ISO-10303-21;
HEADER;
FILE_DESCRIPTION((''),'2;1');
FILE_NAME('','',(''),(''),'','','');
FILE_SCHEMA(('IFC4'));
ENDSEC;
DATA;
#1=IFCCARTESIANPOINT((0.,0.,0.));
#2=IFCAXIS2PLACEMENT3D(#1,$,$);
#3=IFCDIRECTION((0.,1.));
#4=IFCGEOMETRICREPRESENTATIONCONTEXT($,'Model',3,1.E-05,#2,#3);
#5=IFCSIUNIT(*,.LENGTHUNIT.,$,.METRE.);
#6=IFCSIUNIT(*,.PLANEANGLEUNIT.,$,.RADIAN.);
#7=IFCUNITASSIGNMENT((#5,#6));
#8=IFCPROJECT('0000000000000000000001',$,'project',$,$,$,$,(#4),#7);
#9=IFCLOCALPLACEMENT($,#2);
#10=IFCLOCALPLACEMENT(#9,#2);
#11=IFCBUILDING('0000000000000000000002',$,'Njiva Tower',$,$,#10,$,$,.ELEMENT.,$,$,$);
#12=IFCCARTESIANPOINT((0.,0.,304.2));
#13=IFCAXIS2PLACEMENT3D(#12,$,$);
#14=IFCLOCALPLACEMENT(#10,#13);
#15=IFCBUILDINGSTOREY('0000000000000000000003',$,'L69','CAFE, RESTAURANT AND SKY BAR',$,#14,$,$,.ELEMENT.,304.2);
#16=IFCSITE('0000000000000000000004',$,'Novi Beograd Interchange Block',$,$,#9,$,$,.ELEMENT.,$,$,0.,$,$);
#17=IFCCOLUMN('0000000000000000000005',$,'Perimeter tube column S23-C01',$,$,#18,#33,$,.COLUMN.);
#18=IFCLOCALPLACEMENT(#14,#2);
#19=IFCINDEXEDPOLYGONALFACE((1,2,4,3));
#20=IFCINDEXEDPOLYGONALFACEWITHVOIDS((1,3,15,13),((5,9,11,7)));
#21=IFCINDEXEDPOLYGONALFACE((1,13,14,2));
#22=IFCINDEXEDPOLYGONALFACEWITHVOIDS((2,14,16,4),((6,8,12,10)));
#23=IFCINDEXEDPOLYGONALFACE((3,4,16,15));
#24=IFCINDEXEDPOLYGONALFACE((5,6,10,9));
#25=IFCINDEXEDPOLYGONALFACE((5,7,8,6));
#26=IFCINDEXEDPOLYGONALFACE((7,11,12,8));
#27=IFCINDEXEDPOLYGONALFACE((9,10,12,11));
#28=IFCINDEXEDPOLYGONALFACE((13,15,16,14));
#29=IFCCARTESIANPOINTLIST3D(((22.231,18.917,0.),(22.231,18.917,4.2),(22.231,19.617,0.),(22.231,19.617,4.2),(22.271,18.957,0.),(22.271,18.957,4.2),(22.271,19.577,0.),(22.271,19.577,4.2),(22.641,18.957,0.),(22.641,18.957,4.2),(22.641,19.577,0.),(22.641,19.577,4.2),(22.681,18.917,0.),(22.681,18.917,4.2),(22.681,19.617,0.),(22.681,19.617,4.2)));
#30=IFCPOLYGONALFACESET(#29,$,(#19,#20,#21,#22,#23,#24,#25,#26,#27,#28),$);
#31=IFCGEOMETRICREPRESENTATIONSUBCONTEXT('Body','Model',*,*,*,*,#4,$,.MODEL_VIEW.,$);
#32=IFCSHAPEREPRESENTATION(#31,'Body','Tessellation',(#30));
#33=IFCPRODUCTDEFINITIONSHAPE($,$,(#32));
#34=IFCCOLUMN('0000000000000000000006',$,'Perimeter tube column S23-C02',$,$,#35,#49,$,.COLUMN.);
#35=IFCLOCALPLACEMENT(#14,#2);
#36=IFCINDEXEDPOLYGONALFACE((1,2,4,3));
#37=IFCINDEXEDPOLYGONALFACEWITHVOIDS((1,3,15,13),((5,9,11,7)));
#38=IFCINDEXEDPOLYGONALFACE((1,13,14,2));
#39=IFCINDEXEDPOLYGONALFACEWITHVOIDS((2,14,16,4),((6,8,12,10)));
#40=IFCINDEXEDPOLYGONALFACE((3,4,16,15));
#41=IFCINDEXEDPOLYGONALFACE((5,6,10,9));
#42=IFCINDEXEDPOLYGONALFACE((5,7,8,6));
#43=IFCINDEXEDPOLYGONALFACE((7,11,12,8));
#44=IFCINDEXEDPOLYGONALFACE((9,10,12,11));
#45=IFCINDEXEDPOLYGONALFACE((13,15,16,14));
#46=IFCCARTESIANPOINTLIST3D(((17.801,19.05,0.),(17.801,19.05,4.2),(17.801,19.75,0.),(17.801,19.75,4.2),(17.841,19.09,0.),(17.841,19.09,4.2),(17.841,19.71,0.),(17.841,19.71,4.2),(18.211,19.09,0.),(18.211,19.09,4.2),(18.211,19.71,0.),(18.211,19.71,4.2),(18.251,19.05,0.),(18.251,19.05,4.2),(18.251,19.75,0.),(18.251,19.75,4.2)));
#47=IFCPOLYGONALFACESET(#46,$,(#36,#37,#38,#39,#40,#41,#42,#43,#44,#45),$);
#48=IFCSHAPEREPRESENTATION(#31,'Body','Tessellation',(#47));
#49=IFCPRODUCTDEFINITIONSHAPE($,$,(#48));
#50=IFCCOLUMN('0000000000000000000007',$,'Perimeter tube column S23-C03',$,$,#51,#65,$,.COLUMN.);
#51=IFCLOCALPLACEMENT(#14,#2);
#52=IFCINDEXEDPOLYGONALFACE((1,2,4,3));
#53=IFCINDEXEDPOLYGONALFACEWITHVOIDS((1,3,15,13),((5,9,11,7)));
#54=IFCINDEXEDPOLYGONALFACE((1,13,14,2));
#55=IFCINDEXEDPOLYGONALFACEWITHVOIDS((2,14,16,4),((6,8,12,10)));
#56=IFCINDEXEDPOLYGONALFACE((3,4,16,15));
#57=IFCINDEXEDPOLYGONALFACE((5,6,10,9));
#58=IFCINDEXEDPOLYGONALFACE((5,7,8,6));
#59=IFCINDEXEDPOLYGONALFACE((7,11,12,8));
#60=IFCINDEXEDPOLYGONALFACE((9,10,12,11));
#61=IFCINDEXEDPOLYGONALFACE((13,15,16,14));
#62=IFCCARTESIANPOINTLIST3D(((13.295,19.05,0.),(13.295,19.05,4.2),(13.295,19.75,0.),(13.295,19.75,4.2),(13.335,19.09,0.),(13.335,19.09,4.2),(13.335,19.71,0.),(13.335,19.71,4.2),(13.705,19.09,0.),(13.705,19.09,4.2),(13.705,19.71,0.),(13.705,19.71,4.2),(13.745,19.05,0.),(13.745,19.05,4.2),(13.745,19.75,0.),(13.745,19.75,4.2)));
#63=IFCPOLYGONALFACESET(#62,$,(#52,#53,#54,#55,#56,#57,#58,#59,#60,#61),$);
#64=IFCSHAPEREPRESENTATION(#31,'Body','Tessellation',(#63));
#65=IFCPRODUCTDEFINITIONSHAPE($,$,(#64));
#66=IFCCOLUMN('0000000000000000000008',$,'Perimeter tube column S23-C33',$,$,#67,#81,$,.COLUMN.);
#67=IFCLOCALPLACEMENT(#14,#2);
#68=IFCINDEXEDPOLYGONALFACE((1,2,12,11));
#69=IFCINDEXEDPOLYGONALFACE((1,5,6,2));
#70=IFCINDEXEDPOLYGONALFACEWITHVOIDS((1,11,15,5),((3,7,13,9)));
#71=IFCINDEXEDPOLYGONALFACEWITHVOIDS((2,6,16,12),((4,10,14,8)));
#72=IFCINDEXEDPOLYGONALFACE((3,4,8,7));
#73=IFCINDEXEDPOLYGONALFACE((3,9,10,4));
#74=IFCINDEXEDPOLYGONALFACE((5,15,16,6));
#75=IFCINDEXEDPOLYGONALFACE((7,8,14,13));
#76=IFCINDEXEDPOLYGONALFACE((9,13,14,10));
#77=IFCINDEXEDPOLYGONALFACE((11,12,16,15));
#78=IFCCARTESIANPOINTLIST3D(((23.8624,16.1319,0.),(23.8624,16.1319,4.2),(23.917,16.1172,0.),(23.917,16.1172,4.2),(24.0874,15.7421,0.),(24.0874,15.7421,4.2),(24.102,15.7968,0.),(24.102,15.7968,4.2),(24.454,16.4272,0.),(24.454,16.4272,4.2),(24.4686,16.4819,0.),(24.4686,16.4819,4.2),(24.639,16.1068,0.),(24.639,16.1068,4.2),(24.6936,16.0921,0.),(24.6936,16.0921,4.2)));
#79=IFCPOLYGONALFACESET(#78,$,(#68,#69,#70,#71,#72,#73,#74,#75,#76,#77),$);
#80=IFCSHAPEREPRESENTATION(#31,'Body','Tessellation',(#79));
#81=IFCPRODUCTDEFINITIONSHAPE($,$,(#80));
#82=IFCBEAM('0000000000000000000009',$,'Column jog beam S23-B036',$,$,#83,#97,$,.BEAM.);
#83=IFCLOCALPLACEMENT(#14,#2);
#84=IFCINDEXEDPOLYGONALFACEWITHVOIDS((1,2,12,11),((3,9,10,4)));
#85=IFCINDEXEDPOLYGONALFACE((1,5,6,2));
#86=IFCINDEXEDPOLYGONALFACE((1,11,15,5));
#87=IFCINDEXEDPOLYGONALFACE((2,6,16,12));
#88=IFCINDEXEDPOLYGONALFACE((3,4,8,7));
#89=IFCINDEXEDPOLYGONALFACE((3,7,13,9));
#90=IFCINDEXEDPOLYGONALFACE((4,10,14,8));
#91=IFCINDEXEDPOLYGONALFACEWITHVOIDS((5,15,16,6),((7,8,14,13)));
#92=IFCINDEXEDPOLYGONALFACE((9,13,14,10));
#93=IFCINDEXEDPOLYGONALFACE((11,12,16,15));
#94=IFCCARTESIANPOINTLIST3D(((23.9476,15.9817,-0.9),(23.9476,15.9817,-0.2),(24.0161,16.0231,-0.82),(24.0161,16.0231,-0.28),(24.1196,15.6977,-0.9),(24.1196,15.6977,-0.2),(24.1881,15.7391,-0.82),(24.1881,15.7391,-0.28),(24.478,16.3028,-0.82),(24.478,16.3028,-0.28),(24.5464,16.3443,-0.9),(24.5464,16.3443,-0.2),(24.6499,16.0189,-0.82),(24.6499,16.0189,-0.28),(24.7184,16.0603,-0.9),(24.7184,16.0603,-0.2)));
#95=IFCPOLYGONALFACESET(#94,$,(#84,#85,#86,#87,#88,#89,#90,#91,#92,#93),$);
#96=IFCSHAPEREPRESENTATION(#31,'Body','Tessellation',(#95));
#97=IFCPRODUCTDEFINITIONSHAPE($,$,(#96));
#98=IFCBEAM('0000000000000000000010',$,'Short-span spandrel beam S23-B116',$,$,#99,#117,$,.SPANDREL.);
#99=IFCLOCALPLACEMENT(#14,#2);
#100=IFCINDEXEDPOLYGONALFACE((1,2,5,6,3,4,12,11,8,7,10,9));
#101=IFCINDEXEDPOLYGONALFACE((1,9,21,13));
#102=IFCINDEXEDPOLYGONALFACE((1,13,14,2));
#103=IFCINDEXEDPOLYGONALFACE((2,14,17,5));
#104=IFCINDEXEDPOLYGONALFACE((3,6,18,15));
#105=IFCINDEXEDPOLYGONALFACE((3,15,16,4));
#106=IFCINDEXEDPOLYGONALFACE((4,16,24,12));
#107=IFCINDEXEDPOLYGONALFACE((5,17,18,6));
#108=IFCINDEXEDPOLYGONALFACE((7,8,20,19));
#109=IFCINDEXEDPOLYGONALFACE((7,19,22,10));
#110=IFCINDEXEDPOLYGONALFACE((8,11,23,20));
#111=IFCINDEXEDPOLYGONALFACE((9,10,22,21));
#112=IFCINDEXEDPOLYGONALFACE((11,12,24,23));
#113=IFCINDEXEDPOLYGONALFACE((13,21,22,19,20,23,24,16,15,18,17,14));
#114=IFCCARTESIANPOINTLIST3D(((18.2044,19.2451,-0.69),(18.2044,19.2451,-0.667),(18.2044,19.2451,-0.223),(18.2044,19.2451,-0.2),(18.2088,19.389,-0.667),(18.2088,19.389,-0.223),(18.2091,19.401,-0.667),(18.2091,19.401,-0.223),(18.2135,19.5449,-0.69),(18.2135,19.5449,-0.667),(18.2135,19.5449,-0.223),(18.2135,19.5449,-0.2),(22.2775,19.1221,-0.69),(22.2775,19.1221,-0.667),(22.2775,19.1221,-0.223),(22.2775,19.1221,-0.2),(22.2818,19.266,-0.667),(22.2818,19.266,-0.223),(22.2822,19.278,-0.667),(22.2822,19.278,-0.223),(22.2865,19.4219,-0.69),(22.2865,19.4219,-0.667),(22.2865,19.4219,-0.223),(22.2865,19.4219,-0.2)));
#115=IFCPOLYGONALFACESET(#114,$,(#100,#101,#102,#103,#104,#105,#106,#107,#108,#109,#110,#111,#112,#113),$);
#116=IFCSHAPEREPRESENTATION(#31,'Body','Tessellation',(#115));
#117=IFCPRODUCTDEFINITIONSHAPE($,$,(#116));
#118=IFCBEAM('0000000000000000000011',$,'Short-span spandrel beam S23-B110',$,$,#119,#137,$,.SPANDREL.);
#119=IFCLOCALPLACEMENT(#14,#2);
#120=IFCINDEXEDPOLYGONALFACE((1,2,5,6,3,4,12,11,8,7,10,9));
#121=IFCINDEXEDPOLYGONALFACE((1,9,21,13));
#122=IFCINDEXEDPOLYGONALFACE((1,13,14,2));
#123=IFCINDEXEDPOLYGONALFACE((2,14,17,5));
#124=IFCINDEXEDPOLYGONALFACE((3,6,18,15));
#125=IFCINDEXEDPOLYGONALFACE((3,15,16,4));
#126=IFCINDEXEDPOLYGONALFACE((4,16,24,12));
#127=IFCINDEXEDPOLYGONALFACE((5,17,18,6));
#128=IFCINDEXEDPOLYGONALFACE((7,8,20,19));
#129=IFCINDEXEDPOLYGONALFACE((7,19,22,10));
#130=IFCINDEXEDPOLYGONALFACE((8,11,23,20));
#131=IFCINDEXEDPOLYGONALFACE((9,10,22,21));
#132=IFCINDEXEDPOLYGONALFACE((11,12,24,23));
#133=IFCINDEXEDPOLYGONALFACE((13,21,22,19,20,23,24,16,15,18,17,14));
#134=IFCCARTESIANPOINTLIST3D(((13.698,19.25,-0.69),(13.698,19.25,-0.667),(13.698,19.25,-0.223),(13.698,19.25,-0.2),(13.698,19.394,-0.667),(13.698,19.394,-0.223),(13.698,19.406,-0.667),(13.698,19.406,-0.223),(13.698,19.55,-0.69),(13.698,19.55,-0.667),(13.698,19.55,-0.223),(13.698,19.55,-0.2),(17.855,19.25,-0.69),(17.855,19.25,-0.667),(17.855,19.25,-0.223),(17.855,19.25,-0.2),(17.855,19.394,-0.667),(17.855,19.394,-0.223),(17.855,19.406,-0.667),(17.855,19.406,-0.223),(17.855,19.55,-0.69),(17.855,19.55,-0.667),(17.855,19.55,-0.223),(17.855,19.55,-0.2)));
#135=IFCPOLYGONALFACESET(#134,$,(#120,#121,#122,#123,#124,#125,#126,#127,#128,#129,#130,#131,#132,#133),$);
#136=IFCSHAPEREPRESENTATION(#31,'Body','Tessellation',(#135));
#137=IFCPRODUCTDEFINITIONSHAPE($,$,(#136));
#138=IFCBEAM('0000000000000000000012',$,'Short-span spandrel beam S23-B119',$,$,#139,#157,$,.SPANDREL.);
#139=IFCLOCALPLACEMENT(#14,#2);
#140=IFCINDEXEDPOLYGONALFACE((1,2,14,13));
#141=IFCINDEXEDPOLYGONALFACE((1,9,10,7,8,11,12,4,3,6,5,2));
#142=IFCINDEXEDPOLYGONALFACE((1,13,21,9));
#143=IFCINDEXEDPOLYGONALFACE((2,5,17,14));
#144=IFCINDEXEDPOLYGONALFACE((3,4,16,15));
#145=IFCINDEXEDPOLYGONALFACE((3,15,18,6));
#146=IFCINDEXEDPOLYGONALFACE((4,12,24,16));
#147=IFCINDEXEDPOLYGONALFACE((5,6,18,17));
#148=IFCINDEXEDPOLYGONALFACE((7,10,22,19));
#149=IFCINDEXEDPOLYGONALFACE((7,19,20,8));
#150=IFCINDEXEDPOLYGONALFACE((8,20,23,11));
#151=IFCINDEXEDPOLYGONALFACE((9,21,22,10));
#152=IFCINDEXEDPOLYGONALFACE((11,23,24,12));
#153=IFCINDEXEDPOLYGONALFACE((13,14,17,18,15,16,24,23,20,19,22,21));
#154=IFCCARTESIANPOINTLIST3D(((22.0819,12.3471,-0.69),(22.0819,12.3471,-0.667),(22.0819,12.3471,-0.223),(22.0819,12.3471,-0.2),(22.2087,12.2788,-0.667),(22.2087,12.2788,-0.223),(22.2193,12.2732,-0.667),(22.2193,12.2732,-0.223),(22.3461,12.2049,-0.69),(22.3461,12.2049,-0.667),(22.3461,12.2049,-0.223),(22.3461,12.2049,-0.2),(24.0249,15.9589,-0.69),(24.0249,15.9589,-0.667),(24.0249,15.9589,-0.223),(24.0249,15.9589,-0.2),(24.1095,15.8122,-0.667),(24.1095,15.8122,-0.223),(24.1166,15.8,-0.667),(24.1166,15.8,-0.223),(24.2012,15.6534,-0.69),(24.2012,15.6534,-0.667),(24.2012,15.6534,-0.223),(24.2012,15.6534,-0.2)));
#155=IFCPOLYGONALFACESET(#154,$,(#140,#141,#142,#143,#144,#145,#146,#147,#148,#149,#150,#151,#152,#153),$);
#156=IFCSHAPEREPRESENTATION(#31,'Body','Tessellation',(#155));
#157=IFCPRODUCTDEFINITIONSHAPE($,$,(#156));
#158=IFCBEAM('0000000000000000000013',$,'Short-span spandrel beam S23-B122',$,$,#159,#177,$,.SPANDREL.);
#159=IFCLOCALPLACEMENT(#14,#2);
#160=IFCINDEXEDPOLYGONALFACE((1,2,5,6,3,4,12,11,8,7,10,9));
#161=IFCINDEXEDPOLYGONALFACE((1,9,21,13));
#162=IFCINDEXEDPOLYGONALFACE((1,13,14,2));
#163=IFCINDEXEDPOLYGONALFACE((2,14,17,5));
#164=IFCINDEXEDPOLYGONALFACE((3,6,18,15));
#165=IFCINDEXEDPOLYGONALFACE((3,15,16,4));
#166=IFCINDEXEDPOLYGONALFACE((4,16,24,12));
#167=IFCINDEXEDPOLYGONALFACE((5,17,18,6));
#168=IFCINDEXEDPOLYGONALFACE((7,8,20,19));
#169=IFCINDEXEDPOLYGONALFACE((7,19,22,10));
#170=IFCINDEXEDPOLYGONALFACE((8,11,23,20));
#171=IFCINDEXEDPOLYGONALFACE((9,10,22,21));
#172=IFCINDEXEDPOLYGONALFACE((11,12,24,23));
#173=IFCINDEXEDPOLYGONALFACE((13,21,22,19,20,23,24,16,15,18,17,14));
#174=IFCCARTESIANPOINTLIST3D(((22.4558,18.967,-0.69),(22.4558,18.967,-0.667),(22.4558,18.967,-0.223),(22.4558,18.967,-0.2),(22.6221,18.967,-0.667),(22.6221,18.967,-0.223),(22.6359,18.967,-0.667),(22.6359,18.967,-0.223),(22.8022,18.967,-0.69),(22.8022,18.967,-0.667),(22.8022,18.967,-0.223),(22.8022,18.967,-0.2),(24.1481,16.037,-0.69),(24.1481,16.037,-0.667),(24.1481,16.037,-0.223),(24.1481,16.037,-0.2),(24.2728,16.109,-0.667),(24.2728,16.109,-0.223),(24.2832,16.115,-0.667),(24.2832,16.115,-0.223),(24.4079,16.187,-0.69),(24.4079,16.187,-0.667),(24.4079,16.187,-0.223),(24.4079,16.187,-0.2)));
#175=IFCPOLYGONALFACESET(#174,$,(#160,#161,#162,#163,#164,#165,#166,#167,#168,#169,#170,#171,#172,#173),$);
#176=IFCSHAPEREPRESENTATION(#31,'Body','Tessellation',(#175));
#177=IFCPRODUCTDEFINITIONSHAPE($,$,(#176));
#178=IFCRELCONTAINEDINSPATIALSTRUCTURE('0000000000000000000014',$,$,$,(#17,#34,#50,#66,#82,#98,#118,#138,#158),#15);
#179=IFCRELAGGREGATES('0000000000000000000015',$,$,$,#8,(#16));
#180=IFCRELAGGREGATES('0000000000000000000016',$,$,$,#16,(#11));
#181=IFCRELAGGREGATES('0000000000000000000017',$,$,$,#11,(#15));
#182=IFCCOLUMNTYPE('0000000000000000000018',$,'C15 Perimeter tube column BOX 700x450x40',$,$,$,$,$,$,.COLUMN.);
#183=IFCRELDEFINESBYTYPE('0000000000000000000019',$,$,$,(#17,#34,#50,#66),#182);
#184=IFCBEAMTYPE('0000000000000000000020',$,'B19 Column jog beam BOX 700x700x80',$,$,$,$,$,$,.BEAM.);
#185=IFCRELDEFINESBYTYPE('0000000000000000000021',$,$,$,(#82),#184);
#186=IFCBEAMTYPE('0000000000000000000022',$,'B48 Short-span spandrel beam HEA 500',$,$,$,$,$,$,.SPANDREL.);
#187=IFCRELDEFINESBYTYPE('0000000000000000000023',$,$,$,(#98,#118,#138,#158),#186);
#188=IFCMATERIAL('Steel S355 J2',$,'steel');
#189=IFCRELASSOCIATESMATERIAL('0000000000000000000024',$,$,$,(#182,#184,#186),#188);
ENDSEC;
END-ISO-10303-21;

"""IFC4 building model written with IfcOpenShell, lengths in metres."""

from ifc_helpers import new_model, si_unit, direction, frame, origin, origin_2d, place, context, subcontext, project, spatial, hollow_rectangle, i_section, extrude, clip, halfspace, material, material_profile, profile_set, type_object, element, save


model = new_model("IFC4")

# Units and contexts
model_context = context("Model", 3, precision=1e-05, world=origin(), true_north=direction((0.0, 1.0)))
body_context = subcontext(model_context, "Body", "Model", "MODEL_VIEW")
ifc_project = project(units=[si_unit("LENGTHUNIT", "METRE"), si_unit("PLANEANGLEUNIT", "RADIAN")], contexts=[model_context])

# Site, building, storey
site_placement = place(None, origin())
site = spatial("IfcSite", under=ifc_project, at=site_placement, Name="Novi Beograd Interchange Block", CompositionType="ELEMENT", RefElevation=0.0)
building_placement = place(site_placement, origin())
building = spatial("IfcBuilding", under=site, at=building_placement, Name="Njiva Tower", CompositionType="ELEMENT")
storey_placement = place(building_placement, frame((0.0, 0.0, 304.2)))
storey = spatial("IfcBuildingStorey", under=building, at=storey_placement, Name="L69", Description="CAFE, RESTAURANT AND SKY BAR", CompositionType="ELEMENT", Elevation=304.2)

# Columns
ifc_material_1 = material(Name="Steel S355 J2", Category="steel")
ifc_material_profile_1 = material_profile(ifc_material_1, hollow_rectangle(XDim=0.45, YDim=0.7, WallThickness=0.04, at=origin_2d()), Name="BOX 700x450x40")
ifc_profile_set_1 = profile_set([ifc_material_profile_1], Name="Steel S355 J2")
column_type = type_object("IfcColumnType", Name="C15 Perimeter tube column BOX 700x450x40", PredefinedType="COLUMN", material=ifc_profile_set_1)
for number, where, z_axis, x_axis, name in (
    (1, (22.456, 19.267, 0.0), (0.0, 0.0, 1.0), (-1.0, 0.0, 0.0), "Perimeter tube column S23-C01"),
    (2, (18.026, 19.4, 0.0), (0.0, 0.0, 1.0), (-1.0, 0.0, 0.0), "Perimeter tube column S23-C02"),
    (3, (13.52, 19.4, 0.0), (0.0, 0.0, 1.0), (-1.0, 0.0, 0.0), "Perimeter tube column S23-C03"),
    (4, (24.278, 16.112, 0.0), (0.0, 0.0, 1.0), (-0.5, 0.866025, 0.0), "Perimeter tube column S23-C33"),
):
    element("IfcColumn", number, at=place(storey_placement, frame(where, z_axis=z_axis, x_axis=x_axis)), inside=storey, type_object=column_type, Name=name, PredefinedType="COLUMN", context=body_context, shape_type="SweptSolid", body=[
        extrude(hollow_rectangle(XDim=0.45, YDim=0.7, WallThickness=0.04, at=origin_2d()), origin(), (0.0, 0.0, 1.0), 4.2),
    ])

# Beams
ifc_material_profile_2 = material_profile(ifc_material_1, hollow_rectangle(XDim=0.7, YDim=0.7, WallThickness=0.08, at=origin_2d()), Name="BOX 700x700x80")
ifc_profile_set_2 = profile_set([ifc_material_profile_2], Name="Steel S355 J2")
beam_type_1 = type_object("IfcBeamType", Name="B19 Column jog beam BOX 700x700x80", PredefinedType="BEAM", material=ifc_profile_set_2)
beam_1_placement = place(storey_placement, frame((24.419, 15.879, -0.55), z_axis=(-0.518035, 0.85536, 0.0), x_axis=(-0.85536, -0.518035, 0.0)))
element("IfcBeam", 5, at=beam_1_placement, inside=storey, type_object=beam_type_1, Name="Column jog beam S23-B036", PredefinedType="BEAM", context=body_context, shape_type="SweptSolid", body=[
    extrude(hollow_rectangle(XDim=0.7, YDim=0.7, WallThickness=0.08, at=origin_2d()), origin(), (0.0, 0.0, 1.0), 0.332),
])
ifc_material_profile_3 = material_profile(ifc_material_1, i_section(OverallWidth=0.3, OverallDepth=0.49, WebThickness=0.012, FlangeThickness=0.023, at=origin_2d()), Name="HEA 500")
ifc_profile_set_3 = profile_set([ifc_material_profile_3], Name="Steel S355 J2")
beam_type_2 = type_object("IfcBeamType", Name="B48 Short-span spandrel beam HEA 500", PredefinedType="SPANDREL", material=ifc_profile_set_3)
beam_2_placement = place(storey_placement, frame((22.282, 19.272, -0.445), z_axis=(-0.999544, 0.030185, 0.0), x_axis=(-0.030185, -0.999544, 0.0)))
element("IfcBeam", 6, at=beam_2_placement, inside=storey, type_object=beam_type_2, Name="Short-span spandrel beam S23-B116", PredefinedType="SPANDREL", context=body_context, shape_type="SweptSolid", body=[
    extrude(i_section(OverallWidth=0.3, OverallDepth=0.49, WebThickness=0.012, FlangeThickness=0.023, at=origin_2d()), origin(), (0.0, 0.0, 1.0), 4.0749),
])
beam_3_placement = place(storey_placement, frame((17.855, 19.4, -0.445), z_axis=(-1.0, 0.0, 0.0), x_axis=(0.0, -1.0, 0.0)))
element("IfcBeam", 7, at=beam_3_placement, inside=storey, type_object=beam_type_2, Name="Short-span spandrel beam S23-B110", PredefinedType="SPANDREL", context=body_context, shape_type="SweptSolid", body=[
    extrude(i_section(OverallWidth=0.3, OverallDepth=0.49, WebThickness=0.012, FlangeThickness=0.023, at=origin_2d()), origin(), (0.0, 0.0, 1.0), 4.157),
])
beam_4_placement = place(storey_placement, frame((22.214, 12.276, -0.445), z_axis=(0.473758, 0.880655, 0.0), x_axis=(-0.880655, 0.473758, 0.0)))
element("IfcBeam", 8, at=beam_4_placement, inside=storey, type_object=beam_type_2, Name="Short-span spandrel beam S23-B119", PredefinedType="SPANDREL", context=body_context, shape_type="Clipping", body=[
    clip(extrude(i_section(OverallWidth=0.3, OverallDepth=0.49, WebThickness=0.012, FlangeThickness=0.023, at=origin_2d()), origin(), (0.0, 0.0, 1.0), 4.1214), halfspace(frame((-0.0261, 0.0, 3.9924), z_axis=(-0.525793, 0.0, 0.850613), x_axis=(0.0, 1.0, 0.0)), False)),
])
beam_5_placement = place(storey_placement, frame((24.278, 16.112, -0.445), z_axis=(-0.500151, 0.865938, 0.0), x_axis=(-0.865938, -0.500151, 0.0)))
element("IfcBeam", 9, at=beam_5_placement, inside=storey, type_object=beam_type_2, Name="Short-span spandrel beam S23-B122", PredefinedType="SPANDREL", context=body_context, shape_type="Clipping", body=[
    clip(extrude(i_section(OverallWidth=0.3, OverallDepth=0.49, WebThickness=0.012, FlangeThickness=0.023, at=origin_2d()), origin(), (0.0, 0.0, 1.0), 3.404), halfspace(frame((-0.0254, 0.0, 3.2823), z_axis=(-0.500151, 0.0, 0.865938), x_axis=(0.0, 1.0, 0.0)), False)),
])

save(model, "model.ifc")
